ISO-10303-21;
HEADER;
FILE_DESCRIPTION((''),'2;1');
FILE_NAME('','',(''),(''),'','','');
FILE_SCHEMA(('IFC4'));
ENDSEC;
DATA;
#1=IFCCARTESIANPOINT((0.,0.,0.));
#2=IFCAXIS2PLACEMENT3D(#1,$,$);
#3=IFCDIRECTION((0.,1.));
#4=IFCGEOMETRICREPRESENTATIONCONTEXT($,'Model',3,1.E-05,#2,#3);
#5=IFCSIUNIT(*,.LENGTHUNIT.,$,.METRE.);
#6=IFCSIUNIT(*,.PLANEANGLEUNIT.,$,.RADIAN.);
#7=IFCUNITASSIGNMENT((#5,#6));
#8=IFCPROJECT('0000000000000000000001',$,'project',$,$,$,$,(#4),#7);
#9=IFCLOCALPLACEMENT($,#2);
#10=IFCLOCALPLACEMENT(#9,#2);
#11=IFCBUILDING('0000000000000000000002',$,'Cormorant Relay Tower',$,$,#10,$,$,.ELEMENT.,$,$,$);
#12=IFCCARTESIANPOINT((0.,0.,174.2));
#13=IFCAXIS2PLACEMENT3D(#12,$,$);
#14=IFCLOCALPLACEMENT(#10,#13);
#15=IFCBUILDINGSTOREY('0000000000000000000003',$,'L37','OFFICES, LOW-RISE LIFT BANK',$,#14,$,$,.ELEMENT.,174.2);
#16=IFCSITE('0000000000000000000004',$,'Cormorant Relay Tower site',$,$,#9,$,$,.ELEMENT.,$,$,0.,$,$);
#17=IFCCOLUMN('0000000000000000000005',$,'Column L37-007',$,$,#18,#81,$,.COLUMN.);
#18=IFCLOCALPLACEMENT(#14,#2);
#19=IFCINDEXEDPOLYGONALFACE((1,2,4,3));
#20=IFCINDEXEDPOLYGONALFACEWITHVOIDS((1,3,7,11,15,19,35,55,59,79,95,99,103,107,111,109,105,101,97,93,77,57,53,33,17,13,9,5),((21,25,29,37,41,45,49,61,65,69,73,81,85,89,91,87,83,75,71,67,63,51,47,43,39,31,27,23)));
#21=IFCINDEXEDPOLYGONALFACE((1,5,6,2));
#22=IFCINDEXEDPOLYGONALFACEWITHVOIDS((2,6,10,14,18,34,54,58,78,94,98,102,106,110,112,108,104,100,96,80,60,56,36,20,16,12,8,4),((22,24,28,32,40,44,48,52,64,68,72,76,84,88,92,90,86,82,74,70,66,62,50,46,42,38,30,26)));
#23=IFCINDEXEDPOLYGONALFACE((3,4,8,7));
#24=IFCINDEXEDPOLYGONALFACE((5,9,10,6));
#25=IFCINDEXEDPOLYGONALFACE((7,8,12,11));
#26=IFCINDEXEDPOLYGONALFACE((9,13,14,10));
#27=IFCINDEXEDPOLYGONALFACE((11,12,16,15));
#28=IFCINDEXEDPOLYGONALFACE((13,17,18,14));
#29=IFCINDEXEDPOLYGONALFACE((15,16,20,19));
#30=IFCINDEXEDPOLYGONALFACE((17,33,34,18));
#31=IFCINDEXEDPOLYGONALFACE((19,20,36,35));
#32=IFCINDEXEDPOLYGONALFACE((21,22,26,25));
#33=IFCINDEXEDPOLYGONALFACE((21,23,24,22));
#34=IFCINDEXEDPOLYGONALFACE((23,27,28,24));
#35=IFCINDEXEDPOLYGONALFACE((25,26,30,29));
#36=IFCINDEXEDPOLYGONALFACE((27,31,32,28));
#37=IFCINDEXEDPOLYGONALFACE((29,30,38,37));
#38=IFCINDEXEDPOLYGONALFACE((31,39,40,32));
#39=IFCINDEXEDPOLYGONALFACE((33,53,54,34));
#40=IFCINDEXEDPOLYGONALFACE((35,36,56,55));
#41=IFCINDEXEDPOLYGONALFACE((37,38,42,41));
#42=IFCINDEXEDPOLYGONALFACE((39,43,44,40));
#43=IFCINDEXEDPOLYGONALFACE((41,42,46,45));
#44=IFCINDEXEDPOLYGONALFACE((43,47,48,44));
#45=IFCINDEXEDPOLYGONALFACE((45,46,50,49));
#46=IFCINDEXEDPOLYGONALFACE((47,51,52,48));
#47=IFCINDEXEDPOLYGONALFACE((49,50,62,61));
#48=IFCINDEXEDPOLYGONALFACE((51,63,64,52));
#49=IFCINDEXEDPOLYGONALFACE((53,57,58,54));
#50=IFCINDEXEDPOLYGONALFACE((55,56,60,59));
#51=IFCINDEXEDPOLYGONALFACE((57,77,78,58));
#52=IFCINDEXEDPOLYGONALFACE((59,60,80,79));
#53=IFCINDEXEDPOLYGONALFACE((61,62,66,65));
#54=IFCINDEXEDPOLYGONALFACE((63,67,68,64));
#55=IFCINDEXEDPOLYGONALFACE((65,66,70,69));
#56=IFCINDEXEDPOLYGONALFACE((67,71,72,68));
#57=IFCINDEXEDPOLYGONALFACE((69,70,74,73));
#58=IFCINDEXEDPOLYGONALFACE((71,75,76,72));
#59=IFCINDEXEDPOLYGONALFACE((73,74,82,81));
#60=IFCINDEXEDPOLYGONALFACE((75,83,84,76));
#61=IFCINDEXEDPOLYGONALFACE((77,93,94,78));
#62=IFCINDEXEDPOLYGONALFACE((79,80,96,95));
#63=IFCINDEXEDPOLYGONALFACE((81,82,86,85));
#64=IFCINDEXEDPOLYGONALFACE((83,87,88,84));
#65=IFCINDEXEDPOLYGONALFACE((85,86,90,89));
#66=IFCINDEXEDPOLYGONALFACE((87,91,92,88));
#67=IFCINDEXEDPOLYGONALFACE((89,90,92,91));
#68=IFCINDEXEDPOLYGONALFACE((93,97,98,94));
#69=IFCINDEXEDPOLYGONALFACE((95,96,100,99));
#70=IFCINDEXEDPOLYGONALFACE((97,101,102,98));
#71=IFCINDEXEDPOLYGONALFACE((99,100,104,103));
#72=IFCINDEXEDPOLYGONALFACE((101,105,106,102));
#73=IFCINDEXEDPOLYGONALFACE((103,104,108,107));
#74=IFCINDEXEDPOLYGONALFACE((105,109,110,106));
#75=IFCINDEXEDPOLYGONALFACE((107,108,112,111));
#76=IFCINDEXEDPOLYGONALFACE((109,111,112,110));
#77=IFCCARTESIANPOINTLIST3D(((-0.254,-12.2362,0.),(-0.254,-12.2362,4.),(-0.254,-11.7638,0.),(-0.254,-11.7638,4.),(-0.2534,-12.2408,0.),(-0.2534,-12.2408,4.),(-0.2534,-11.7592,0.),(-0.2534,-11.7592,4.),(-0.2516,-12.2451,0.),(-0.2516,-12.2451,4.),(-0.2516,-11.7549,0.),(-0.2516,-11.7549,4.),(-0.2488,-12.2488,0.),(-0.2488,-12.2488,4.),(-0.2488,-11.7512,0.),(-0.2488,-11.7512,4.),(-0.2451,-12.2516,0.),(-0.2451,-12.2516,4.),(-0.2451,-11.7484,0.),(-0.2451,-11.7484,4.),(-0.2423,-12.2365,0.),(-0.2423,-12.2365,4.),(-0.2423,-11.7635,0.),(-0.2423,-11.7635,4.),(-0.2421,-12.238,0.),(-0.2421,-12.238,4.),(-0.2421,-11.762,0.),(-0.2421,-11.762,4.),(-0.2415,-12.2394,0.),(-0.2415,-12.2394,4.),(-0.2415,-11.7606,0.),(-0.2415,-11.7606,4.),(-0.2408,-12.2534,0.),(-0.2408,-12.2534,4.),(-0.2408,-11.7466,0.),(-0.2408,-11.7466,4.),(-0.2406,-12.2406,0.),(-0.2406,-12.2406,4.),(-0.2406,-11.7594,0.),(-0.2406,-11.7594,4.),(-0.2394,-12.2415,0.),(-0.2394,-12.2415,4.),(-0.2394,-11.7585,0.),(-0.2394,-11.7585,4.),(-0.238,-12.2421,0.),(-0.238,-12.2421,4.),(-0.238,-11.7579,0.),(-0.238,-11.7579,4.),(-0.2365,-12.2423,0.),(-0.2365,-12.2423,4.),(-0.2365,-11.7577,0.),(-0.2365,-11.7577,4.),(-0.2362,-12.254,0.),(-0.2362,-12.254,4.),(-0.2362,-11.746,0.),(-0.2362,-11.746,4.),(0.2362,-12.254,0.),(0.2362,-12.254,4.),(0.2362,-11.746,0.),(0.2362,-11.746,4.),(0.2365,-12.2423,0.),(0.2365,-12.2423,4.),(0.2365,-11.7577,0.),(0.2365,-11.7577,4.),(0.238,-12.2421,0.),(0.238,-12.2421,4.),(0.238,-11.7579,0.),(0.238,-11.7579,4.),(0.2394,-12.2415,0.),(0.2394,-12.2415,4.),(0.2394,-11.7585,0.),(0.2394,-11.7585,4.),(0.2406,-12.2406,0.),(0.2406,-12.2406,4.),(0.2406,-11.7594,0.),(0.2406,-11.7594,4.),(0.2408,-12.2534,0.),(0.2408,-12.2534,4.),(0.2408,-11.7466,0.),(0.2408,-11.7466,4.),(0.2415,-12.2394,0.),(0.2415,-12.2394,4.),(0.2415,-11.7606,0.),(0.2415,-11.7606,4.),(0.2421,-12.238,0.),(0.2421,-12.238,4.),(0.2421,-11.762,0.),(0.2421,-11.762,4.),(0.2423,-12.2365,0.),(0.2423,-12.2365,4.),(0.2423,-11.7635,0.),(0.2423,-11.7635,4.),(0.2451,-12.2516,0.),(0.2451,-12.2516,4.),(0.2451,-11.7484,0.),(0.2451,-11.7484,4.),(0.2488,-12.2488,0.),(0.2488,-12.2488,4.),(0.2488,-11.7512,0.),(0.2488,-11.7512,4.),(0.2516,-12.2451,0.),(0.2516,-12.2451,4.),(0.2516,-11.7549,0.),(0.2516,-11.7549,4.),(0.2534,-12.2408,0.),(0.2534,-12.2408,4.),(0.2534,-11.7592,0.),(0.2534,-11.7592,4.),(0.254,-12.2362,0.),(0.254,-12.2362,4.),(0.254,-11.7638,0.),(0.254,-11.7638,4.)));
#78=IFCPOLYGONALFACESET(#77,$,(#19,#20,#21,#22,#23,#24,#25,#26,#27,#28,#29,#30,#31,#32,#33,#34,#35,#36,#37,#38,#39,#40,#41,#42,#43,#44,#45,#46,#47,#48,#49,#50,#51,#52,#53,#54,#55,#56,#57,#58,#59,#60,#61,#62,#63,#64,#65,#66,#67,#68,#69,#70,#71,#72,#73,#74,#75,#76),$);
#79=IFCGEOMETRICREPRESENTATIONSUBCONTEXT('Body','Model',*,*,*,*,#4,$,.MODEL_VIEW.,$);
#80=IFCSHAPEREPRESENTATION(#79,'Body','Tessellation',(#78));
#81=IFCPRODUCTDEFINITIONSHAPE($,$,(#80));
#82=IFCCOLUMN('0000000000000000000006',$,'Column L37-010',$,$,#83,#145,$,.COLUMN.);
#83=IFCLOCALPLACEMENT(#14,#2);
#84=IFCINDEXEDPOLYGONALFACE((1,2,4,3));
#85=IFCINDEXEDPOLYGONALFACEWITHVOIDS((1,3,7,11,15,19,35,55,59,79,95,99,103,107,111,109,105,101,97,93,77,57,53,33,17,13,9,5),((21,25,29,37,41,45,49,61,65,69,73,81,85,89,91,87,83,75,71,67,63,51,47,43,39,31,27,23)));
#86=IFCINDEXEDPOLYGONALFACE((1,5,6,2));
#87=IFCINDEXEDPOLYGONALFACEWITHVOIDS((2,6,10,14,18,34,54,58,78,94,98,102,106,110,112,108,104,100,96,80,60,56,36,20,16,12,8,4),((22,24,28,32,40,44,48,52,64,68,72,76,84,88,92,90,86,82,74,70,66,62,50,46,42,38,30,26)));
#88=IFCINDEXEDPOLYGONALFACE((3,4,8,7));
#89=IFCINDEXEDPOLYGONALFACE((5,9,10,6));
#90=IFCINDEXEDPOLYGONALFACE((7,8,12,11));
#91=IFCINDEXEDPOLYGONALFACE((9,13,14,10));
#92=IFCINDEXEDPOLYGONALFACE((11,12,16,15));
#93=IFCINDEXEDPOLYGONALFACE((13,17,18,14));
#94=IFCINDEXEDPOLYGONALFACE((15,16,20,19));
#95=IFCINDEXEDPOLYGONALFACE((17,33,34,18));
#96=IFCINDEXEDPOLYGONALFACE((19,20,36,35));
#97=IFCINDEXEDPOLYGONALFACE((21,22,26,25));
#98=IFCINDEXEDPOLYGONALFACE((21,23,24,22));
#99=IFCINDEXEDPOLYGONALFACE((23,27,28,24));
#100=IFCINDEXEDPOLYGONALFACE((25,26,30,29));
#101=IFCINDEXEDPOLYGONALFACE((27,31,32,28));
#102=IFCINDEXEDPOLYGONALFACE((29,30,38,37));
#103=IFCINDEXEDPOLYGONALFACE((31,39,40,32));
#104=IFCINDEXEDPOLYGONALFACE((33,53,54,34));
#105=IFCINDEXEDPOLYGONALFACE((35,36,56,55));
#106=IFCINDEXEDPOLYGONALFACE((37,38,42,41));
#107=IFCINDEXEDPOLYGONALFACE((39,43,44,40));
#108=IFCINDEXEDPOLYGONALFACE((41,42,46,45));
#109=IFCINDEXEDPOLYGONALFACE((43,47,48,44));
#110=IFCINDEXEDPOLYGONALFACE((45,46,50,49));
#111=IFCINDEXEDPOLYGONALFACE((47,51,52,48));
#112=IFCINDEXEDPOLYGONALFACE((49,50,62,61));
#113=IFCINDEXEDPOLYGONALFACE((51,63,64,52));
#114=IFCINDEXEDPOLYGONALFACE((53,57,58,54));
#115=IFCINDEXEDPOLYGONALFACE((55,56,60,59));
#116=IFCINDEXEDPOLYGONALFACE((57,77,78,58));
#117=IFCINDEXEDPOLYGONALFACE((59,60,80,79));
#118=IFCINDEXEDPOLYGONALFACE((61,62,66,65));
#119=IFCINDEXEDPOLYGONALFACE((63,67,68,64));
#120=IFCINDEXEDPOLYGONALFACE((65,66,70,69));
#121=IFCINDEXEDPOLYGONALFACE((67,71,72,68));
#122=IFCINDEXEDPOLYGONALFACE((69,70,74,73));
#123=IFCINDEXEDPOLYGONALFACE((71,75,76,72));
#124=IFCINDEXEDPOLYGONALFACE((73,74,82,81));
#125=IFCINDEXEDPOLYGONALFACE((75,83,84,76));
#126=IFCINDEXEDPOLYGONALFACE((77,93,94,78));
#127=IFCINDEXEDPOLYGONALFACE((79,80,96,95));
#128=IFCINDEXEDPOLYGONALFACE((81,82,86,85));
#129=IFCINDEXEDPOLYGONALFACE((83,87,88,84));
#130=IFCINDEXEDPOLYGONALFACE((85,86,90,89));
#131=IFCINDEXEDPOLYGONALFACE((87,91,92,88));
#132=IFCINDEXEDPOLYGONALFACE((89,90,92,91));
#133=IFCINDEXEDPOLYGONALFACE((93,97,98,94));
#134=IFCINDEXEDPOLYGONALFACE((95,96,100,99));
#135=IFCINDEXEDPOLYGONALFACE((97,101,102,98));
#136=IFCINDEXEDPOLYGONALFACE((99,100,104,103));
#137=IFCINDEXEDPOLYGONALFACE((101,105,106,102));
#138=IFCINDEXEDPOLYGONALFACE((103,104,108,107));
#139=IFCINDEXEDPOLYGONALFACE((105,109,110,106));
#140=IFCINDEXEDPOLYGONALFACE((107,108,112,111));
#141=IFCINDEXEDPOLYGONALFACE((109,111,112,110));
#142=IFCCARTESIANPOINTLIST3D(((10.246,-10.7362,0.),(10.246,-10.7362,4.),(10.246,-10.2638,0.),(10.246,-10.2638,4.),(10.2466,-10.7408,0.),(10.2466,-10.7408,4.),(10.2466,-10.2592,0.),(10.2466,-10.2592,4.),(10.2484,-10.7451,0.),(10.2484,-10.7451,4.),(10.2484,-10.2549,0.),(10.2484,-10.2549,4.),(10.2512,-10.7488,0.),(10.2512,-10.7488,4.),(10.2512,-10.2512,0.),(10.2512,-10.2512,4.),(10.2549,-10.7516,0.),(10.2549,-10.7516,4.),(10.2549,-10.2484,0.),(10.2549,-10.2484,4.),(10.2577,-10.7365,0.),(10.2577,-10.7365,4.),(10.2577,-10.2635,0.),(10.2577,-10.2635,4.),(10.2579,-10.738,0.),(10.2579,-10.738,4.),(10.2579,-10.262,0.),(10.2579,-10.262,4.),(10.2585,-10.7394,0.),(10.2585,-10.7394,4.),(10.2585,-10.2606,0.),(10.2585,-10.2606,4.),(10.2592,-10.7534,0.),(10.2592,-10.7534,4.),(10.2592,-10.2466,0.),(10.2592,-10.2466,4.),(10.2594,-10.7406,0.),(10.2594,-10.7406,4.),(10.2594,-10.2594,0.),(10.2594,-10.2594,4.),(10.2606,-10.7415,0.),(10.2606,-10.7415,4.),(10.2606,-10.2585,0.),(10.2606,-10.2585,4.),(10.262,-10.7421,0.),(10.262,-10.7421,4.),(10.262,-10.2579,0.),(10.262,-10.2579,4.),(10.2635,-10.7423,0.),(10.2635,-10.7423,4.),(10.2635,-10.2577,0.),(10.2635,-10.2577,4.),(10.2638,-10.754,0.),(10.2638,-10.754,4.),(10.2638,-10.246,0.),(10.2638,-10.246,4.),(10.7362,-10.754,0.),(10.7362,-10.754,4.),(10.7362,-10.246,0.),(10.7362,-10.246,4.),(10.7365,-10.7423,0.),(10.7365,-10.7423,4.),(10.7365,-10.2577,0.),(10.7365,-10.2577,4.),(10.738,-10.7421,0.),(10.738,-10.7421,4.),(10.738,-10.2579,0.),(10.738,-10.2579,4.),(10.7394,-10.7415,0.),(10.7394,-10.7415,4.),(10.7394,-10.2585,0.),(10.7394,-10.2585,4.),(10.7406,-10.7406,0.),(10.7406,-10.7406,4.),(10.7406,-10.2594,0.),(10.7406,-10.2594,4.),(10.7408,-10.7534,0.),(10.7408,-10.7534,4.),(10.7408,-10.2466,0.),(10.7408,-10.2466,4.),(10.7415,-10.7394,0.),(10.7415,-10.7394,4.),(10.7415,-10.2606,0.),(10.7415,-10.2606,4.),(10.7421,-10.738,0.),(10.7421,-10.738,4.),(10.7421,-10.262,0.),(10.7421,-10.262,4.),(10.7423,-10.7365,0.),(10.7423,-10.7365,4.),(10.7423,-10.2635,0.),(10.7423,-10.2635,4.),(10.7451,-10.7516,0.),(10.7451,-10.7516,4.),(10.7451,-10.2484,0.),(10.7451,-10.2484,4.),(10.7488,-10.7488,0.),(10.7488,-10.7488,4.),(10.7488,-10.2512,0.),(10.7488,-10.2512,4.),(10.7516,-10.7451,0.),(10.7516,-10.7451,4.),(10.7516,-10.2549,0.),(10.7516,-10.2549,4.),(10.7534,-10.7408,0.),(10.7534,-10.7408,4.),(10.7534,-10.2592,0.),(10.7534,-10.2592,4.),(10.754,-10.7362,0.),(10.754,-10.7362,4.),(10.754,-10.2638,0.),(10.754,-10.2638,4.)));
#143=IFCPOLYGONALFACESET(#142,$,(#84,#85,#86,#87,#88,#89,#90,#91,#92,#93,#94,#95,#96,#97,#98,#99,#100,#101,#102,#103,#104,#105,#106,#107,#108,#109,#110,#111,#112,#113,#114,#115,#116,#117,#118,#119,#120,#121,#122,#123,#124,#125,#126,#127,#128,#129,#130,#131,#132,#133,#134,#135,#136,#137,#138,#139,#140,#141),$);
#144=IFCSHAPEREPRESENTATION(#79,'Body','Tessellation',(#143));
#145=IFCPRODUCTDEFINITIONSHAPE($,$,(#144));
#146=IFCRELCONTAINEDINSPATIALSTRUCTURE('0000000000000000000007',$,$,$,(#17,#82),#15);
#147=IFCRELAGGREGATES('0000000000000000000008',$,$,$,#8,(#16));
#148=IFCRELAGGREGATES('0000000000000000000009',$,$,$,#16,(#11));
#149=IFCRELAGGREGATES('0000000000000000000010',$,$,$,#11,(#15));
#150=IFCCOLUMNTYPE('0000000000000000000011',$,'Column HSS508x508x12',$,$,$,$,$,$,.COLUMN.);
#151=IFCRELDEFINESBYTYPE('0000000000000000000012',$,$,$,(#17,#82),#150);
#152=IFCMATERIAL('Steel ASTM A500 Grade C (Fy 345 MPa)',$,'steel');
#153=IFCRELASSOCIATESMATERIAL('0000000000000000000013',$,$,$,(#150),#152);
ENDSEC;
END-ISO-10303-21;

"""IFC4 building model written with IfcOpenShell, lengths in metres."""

from ifc_helpers import new_model, si_unit, direction, frame, origin, origin_2d, place, context, subcontext, project, spatial, hollow_rectangle, extrude, material, material_profile, profile_set, type_object, element, save


model = new_model("IFC4")

# Units and contexts
model_context = context("Model", 3, precision=1e-05, world=origin(), true_north=direction((0.0, 1.0)))
body_context = subcontext(model_context, "Body", "Model", "MODEL_VIEW")
ifc_project = project(units=[si_unit("LENGTHUNIT", "METRE"), si_unit("PLANEANGLEUNIT", "RADIAN")], contexts=[model_context])

# Site, building, storey
site_placement = place(None, origin())
site = spatial("IfcSite", under=ifc_project, at=site_placement, Name="Cormorant Relay Tower site", CompositionType="ELEMENT", RefElevation=0.0)
building_placement = place(site_placement, origin())
building = spatial("IfcBuilding", under=site, at=building_placement, Name="Cormorant Relay Tower", CompositionType="ELEMENT")
storey_placement = place(building_placement, frame((0.0, 0.0, 174.2)))
storey = spatial("IfcBuildingStorey", under=building, at=storey_placement, Name="L37", Description="OFFICES, LOW-RISE LIFT BANK", CompositionType="ELEMENT", Elevation=174.2)

# Columns
ifc_material_1 = material(Name="Steel ASTM A500 Grade C (Fy 345 MPa)", Category="steel")
ifc_material_profile = material_profile(ifc_material_1, hollow_rectangle(XDim=0.5081, YDim=0.5081, WallThickness=0.0117, InnerFilletRadius=0.0059, OuterFilletRadius=0.0178, at=origin_2d()), Name="HSS508x508x12")
ifc_profile_set = profile_set([ifc_material_profile], Name="Steel ASTM A500 Grade C (Fy 345 MPa)")
column_type = type_object("IfcColumnType", Name="Column HSS508x508x12", PredefinedType="COLUMN", material=ifc_profile_set)
for number, where, z_axis, x_axis, name in (
    (1, (0.0, -12.0, 0.0), (0.0, 0.0, 1.0), (1.0, 0.0, 0.0), "Column L37-007"),
    (2, (10.5, -10.5, 0.0), (0.0, 0.0, 1.0), (1.0, 0.0, 0.0), "Column L37-010"),
):
    element("IfcColumn", number, at=place(storey_placement, frame(where, z_axis=z_axis, x_axis=x_axis)), inside=storey, type_object=column_type, Name=name, PredefinedType="COLUMN", context=body_context, shape_type="SweptSolid", body=[
        extrude(hollow_rectangle(XDim=0.5081, YDim=0.5081, WallThickness=0.0117, InnerFilletRadius=0.0059, OuterFilletRadius=0.0178, at=origin_2d()), origin(), (0.0, 0.0, 1.0), 4.0),
    ])

save(model, "model.ifc")
